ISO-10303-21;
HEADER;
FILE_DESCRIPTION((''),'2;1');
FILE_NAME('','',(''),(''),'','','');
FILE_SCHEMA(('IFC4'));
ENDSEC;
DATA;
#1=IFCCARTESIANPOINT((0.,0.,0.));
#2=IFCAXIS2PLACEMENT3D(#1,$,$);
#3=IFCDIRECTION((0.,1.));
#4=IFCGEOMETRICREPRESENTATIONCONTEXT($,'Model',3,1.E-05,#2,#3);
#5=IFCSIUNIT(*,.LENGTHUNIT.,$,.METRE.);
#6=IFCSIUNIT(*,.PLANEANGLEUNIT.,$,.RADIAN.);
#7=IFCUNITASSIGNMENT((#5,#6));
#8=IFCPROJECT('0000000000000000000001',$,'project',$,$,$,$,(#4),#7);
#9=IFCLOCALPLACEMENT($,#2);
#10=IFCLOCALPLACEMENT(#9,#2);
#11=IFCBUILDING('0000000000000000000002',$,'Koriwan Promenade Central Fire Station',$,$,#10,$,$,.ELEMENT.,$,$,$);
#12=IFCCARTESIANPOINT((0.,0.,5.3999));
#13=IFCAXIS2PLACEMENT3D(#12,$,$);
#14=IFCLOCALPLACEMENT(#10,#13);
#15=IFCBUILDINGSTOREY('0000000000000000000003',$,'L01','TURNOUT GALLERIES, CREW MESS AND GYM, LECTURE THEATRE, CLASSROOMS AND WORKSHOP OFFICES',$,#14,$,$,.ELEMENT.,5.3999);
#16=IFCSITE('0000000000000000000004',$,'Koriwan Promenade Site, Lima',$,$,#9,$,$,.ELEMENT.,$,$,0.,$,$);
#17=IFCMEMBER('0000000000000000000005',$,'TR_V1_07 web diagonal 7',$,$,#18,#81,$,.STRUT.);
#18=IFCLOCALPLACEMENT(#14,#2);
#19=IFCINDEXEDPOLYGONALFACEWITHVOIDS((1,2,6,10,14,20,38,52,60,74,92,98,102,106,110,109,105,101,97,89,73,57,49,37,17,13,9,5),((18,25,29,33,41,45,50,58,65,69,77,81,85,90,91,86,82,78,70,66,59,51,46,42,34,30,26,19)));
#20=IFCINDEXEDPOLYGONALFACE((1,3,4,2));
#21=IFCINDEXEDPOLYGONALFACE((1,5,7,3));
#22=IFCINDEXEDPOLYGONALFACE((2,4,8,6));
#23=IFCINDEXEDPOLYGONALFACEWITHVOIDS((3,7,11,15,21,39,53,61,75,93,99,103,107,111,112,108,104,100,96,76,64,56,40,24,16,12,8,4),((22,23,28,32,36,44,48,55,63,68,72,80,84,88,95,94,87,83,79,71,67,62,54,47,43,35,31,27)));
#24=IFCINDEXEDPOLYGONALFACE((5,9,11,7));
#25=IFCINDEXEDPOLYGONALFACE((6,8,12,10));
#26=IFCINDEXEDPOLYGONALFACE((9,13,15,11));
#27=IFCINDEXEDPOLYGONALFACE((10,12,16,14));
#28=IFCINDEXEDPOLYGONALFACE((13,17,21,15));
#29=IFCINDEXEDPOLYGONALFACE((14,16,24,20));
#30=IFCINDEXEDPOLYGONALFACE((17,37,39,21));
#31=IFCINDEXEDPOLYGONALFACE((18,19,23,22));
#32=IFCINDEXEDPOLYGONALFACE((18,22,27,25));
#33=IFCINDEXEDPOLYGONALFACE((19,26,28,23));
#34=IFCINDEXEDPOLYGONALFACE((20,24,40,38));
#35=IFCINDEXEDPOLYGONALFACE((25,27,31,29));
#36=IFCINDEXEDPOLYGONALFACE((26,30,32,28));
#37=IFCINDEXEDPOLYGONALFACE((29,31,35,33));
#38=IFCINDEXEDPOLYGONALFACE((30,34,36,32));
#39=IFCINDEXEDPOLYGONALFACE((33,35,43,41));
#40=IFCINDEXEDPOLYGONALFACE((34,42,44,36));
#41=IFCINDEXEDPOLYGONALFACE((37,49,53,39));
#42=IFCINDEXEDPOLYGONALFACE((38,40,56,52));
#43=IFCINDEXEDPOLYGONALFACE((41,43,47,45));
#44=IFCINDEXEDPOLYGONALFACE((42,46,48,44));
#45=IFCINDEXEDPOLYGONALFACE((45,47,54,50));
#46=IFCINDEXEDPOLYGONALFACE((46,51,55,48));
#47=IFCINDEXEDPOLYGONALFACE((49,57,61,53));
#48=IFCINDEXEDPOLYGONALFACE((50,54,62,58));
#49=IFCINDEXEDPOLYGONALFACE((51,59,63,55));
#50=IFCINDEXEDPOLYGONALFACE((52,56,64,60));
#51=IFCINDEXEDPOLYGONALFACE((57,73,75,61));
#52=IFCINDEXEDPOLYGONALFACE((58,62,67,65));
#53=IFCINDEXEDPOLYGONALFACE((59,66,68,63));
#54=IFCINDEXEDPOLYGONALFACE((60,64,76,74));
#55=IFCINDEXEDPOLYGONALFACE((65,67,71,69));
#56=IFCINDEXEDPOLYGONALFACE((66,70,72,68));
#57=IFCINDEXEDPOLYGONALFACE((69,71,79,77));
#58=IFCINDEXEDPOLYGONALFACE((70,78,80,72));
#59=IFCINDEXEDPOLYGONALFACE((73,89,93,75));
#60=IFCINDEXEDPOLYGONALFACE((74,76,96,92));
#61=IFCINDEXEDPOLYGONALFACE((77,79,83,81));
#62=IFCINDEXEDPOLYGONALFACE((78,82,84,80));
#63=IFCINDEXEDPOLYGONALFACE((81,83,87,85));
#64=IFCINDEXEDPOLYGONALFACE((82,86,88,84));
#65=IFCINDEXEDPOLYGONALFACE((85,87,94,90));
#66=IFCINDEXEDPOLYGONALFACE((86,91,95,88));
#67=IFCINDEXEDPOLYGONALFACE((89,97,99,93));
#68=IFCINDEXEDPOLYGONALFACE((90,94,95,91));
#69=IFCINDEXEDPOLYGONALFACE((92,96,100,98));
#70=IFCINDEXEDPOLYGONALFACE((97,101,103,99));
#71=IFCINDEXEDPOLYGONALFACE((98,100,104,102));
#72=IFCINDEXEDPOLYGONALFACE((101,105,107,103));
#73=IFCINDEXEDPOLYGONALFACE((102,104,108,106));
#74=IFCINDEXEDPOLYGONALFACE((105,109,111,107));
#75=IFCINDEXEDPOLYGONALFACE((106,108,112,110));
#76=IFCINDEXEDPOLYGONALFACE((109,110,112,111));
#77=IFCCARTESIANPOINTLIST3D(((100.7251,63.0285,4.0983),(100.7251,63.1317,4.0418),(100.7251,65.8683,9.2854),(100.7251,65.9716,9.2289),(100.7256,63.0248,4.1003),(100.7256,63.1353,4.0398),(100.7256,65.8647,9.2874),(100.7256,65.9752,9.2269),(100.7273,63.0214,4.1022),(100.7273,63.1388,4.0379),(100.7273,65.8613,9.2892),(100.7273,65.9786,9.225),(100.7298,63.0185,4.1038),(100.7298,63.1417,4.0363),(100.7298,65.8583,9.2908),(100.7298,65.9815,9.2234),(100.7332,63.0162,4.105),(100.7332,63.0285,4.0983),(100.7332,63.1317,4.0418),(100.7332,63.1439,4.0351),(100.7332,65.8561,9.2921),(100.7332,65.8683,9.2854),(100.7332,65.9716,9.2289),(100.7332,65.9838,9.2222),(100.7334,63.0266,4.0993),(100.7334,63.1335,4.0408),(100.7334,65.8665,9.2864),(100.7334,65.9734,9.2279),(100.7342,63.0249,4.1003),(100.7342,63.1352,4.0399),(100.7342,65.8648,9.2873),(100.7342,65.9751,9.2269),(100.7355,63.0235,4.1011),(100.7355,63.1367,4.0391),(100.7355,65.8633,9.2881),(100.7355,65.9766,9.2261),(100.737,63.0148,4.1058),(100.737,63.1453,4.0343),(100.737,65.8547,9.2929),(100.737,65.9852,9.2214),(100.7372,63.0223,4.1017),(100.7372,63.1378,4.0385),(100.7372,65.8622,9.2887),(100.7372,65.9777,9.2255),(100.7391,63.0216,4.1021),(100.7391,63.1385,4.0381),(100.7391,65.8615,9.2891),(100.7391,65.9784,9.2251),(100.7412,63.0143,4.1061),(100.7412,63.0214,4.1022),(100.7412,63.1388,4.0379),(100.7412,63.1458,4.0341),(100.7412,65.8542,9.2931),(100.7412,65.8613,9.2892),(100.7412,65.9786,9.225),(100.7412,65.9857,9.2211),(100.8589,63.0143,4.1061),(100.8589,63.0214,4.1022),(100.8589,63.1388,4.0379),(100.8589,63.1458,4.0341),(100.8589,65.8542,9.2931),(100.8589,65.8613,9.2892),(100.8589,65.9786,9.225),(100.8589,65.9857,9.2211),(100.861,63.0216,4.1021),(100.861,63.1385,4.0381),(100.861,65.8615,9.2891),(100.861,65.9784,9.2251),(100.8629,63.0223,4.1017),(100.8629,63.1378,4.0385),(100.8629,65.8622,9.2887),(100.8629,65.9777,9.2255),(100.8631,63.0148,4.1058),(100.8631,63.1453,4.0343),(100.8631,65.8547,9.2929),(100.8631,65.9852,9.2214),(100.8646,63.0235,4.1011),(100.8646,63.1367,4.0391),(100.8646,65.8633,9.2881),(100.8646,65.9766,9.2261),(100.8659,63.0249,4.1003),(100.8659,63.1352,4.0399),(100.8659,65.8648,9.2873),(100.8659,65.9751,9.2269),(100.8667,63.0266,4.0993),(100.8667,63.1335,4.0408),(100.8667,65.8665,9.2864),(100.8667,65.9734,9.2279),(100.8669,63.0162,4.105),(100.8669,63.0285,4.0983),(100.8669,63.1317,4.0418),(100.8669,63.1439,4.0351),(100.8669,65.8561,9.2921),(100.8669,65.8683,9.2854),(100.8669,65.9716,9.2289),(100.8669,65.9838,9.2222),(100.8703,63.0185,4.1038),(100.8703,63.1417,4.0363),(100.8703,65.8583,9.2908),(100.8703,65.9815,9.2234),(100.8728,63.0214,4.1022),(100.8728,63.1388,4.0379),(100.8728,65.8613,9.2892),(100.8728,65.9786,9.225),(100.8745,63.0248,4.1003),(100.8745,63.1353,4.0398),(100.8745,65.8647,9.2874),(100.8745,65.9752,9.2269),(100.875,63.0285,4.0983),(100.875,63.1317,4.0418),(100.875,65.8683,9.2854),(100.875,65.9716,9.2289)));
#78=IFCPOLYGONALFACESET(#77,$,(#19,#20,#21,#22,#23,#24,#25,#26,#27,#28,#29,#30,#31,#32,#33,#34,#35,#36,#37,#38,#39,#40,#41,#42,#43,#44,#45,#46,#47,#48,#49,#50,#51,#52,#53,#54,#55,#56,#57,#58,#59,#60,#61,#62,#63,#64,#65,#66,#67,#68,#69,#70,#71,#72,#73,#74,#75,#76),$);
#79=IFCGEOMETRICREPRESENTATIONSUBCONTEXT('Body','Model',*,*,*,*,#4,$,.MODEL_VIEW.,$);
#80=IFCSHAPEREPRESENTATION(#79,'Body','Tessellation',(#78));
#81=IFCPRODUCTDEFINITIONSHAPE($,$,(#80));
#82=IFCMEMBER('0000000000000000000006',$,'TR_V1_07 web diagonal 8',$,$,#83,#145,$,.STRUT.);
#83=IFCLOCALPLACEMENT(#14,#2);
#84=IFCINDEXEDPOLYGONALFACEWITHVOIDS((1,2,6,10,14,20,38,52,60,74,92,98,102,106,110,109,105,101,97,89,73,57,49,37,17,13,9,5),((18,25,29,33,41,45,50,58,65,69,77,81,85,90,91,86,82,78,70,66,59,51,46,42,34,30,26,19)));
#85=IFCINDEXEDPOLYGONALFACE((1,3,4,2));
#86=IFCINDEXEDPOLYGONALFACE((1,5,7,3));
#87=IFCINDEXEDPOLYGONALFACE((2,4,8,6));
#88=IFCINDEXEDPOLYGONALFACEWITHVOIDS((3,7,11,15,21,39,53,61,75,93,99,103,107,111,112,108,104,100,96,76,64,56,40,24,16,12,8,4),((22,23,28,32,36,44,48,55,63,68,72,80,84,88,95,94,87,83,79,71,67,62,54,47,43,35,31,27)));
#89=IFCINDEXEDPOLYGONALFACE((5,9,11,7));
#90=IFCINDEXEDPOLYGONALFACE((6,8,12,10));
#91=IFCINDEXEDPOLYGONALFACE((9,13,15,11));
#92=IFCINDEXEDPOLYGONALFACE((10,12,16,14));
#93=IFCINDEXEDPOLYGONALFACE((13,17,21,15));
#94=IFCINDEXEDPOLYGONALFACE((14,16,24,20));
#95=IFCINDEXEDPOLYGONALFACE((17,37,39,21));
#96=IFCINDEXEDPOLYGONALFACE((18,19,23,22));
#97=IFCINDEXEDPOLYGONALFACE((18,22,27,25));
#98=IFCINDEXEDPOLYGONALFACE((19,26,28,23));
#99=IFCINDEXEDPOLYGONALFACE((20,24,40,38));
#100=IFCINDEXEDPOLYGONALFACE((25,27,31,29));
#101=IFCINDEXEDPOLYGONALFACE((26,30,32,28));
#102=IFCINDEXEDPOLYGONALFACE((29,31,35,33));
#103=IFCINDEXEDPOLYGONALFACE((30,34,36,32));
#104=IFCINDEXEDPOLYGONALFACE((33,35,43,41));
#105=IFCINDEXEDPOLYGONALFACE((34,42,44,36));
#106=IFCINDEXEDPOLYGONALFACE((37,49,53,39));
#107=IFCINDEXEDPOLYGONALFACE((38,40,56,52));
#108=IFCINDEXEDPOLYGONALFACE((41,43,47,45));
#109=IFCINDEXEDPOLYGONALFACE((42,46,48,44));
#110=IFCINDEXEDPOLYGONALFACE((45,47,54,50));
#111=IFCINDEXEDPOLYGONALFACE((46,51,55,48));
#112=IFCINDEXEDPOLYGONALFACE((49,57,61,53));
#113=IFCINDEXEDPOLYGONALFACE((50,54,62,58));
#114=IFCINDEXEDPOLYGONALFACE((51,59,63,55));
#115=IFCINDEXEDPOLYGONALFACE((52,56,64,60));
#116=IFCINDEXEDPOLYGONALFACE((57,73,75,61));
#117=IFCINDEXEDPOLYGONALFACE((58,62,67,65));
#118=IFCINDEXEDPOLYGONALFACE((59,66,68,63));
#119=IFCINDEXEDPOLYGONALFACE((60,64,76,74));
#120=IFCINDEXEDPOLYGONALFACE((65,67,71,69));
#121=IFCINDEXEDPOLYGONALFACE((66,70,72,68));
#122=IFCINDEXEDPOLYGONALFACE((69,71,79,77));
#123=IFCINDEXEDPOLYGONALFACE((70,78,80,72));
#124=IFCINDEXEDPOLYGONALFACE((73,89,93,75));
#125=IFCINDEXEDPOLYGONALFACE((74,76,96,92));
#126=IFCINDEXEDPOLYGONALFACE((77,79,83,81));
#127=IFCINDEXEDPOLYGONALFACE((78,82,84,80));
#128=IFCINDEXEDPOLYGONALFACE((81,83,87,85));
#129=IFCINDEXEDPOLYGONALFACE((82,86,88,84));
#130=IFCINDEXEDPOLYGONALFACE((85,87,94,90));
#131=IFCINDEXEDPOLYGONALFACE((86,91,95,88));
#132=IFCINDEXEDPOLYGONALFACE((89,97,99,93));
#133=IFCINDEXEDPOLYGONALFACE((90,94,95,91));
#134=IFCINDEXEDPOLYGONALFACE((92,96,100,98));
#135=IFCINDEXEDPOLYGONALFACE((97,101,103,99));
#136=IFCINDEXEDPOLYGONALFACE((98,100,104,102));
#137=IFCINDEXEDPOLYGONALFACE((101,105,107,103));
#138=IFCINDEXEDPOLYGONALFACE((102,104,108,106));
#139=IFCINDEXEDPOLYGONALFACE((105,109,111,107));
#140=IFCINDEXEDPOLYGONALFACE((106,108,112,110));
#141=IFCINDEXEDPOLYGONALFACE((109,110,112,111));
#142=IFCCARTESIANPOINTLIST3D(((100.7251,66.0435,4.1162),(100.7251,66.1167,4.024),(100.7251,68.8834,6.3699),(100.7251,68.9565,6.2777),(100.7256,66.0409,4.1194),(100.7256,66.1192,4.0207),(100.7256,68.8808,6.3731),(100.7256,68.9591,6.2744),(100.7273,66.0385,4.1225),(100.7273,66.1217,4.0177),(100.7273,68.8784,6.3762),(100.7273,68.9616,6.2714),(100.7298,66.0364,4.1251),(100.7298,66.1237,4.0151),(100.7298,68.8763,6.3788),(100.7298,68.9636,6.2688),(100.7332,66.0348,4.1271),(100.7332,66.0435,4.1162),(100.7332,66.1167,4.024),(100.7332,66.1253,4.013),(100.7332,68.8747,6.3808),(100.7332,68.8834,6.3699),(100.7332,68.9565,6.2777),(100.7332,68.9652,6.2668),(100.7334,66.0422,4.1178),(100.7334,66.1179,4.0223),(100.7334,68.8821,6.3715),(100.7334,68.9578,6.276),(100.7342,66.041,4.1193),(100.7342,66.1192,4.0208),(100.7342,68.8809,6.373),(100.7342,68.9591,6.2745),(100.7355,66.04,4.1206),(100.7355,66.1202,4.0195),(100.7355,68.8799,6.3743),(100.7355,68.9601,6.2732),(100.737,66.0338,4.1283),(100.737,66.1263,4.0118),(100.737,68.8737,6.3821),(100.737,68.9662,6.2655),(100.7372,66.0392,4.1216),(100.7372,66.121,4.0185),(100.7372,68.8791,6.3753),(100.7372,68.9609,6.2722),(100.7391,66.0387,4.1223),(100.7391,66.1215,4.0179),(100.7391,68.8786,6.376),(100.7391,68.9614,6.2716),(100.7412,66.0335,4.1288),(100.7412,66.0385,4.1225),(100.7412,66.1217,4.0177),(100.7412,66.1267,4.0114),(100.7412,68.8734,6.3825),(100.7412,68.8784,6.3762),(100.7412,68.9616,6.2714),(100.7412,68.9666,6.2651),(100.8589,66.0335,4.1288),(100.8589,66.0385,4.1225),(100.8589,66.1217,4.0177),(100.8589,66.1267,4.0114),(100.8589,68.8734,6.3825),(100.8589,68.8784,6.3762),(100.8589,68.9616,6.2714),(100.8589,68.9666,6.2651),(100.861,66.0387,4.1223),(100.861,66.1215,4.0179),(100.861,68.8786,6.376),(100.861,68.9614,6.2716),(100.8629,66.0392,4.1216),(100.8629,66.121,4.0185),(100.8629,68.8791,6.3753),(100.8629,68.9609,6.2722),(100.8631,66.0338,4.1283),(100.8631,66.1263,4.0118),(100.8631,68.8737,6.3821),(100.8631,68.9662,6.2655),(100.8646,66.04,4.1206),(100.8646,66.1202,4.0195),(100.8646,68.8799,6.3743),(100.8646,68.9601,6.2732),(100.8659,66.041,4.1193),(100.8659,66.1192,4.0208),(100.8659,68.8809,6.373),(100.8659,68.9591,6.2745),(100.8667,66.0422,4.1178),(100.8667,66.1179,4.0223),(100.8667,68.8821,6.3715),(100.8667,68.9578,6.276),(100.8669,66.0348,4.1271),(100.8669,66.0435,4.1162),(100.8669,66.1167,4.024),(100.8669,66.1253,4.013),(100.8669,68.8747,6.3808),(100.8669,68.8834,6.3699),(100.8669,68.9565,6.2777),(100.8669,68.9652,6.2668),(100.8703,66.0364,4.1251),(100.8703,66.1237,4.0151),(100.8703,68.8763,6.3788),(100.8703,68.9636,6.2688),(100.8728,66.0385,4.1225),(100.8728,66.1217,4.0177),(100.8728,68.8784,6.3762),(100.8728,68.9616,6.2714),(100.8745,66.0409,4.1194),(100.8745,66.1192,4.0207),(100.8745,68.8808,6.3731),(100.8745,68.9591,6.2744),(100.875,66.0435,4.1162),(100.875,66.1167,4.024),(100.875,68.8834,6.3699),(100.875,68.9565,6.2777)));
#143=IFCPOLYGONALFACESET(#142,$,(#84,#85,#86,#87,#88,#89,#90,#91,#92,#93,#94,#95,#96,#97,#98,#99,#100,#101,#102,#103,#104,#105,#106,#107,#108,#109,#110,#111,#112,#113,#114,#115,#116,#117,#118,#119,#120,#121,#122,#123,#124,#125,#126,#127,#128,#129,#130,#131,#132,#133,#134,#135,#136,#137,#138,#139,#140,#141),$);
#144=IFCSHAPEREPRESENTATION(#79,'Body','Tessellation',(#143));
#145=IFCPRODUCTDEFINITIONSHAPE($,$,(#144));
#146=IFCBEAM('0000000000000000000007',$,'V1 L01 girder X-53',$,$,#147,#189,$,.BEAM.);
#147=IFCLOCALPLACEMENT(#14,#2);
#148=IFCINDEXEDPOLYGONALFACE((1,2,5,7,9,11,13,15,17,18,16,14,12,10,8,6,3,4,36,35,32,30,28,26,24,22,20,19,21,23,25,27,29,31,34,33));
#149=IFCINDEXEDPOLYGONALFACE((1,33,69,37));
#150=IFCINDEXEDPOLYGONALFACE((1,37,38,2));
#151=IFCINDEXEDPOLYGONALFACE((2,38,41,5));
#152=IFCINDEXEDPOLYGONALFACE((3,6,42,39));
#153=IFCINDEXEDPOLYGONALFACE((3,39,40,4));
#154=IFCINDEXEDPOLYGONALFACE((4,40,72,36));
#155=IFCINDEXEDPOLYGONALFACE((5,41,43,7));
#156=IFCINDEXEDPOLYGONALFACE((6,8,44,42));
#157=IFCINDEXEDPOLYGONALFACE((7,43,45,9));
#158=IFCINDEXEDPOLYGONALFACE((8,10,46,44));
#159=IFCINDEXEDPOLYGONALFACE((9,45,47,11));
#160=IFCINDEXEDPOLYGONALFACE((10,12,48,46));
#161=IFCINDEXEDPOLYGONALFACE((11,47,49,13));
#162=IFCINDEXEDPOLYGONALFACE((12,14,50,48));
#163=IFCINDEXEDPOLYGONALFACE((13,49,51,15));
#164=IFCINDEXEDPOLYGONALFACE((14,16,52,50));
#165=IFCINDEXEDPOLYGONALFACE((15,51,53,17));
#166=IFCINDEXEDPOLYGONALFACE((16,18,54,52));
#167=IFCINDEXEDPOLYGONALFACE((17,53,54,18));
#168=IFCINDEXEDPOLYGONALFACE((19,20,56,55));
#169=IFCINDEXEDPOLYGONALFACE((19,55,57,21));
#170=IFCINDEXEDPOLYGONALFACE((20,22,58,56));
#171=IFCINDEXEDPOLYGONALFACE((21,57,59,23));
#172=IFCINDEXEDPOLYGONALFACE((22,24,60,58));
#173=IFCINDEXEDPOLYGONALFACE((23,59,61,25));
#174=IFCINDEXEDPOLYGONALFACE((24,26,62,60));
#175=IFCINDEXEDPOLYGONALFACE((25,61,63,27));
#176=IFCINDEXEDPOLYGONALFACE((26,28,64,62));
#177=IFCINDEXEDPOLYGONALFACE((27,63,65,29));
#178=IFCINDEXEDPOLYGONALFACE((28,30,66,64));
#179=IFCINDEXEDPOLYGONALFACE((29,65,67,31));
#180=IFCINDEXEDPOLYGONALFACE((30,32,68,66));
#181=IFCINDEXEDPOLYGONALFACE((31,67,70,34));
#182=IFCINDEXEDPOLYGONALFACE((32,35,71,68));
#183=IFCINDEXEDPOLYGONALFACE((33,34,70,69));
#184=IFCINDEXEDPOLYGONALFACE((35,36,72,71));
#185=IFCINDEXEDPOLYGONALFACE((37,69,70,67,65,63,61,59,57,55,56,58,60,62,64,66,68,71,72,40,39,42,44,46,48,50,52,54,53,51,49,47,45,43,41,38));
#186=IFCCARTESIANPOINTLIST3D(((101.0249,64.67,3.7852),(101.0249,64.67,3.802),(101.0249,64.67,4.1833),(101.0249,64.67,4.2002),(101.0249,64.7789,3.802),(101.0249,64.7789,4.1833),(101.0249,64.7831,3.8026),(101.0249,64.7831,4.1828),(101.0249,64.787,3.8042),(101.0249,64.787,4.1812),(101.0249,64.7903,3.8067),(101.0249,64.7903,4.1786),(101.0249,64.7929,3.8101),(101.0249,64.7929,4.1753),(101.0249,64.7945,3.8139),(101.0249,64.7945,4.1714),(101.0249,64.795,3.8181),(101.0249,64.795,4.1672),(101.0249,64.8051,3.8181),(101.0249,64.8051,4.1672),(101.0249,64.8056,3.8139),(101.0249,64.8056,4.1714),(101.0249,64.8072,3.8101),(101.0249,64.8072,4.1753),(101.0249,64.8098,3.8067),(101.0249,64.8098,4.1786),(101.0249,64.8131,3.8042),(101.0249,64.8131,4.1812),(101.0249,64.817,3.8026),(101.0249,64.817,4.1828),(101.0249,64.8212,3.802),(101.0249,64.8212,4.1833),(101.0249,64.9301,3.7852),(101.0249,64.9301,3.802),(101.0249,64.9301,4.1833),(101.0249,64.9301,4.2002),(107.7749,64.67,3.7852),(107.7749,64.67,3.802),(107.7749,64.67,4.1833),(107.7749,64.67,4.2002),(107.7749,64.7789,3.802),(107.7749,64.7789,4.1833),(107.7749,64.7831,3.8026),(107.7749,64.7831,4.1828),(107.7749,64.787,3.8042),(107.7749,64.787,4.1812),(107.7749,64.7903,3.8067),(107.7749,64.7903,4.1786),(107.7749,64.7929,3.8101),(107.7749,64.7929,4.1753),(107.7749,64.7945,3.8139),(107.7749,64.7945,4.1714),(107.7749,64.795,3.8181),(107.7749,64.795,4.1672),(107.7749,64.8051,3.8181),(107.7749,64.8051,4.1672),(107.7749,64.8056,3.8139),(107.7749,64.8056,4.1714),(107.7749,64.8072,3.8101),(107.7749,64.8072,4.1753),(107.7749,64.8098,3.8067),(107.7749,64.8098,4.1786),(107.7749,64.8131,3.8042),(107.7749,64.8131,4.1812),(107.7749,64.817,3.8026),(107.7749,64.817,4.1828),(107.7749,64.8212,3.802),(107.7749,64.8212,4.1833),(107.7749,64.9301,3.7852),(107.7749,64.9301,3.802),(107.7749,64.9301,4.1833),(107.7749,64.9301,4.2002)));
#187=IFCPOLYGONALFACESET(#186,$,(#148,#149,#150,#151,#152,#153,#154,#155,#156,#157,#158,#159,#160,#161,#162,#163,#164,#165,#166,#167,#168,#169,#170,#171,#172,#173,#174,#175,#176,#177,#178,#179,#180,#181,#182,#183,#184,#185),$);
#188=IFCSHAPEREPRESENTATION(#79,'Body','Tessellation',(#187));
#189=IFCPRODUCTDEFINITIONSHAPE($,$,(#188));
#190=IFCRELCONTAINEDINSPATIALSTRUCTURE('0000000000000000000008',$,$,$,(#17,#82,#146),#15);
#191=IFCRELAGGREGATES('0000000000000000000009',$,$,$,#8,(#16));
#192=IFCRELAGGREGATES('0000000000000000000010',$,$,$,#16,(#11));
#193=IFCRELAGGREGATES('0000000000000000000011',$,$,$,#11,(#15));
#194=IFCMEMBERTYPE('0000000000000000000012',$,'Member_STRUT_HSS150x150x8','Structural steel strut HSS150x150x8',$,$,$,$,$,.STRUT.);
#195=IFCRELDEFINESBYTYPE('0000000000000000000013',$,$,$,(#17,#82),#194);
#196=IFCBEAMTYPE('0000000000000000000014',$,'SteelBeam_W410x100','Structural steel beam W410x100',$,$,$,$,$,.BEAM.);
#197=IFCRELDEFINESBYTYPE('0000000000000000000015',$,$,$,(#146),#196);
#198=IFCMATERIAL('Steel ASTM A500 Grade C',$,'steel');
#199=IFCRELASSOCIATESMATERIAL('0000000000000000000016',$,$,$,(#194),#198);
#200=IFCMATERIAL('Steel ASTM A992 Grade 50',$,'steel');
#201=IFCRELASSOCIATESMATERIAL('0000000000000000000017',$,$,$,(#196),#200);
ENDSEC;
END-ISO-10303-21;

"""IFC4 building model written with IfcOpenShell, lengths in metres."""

from ifc_helpers import new_model, si_unit, direction, frame, origin, origin_2d, place, context, subcontext, project, spatial, hollow_rectangle, i_section, extrude, material, material_profile, profile_set, type_object, element, save


model = new_model("IFC4")

# Units and contexts
model_context = context("Model", 3, precision=1e-05, world=origin(), true_north=direction((0.0, 1.0)))
body_context = subcontext(model_context, "Body", "Model", "MODEL_VIEW")
ifc_project = project(units=[si_unit("LENGTHUNIT", "METRE"), si_unit("PLANEANGLEUNIT", "RADIAN")], contexts=[model_context])

# Site, building, storey
site_placement = place(None, origin())
site = spatial("IfcSite", under=ifc_project, at=site_placement, Name="Koriwan Promenade Site, Lima", CompositionType="ELEMENT", RefElevation=0.0)
building_placement = place(site_placement, origin())
building = spatial("IfcBuilding", under=site, at=building_placement, Name="Koriwan Promenade Central Fire Station", CompositionType="ELEMENT")
storey_placement = place(building_placement, frame((0.0, 0.0, 5.3999)))
storey = spatial("IfcBuildingStorey", under=building, at=storey_placement, Name="L01", Description="TURNOUT GALLERIES, CREW MESS AND GYM, LECTURE THEATRE, CLASSROOMS AND WORKSHOP OFFICES", CompositionType="ELEMENT", Elevation=5.3999)

# Members
ifc_material_1 = material(Name="Steel ASTM A992 Grade 50", Category="steel")
ifc_material_2 = material(Name="Steel ASTM A500 Grade C", Category="steel")
ifc_material_profile_1 = material_profile(ifc_material_2, hollow_rectangle(XDim=0.1499, YDim=0.1499, WallThickness=0.0081, InnerFilletRadius=0.0081, OuterFilletRadius=0.0161, at=origin_2d()), Name="HSS150x150x8")
ifc_profile_set_1 = profile_set([ifc_material_profile_1], Name="Steel ASTM A500 Grade C")
member_type_1 = type_object("IfcMemberType", Name="Member_STRUT_HSS150x150x8", Description="Structural steel strut HSS150x150x8", PredefinedType="STRUT", material=ifc_profile_set_1)
member_1_placement = place(storey_placement, frame((100.8, 63.0801, 4.0701), z_axis=(0.0, 0.480228, 0.877143), x_axis=(-1.0, 0.0, 0.0)))
element("IfcMember", 1, at=member_1_placement, inside=storey, type_object=member_type_1, Name="TR_V1_07 web diagonal 7", PredefinedType="STRUT", context=body_context, shape_type="SweptSolid", body=[
    extrude(hollow_rectangle(XDim=0.1499, YDim=0.1499, WallThickness=0.0081, InnerFilletRadius=0.0081, OuterFilletRadius=0.0161, at=origin_2d()), origin(), (0.0, 0.0, 1.0), 5.9136),
])
member_2_placement = place(storey_placement, frame((100.8, 66.0801, 4.0701), z_axis=(0.0, 0.783313, 0.621627), x_axis=(-1.0, 0.0, 0.0)))
element("IfcMember", 2, at=member_2_placement, inside=storey, type_object=member_type_1, Name="TR_V1_07 web diagonal 8", PredefinedType="STRUT", context=body_context, shape_type="SweptSolid", body=[
    extrude(hollow_rectangle(XDim=0.1499, YDim=0.1499, WallThickness=0.0081, InnerFilletRadius=0.0081, OuterFilletRadius=0.0161, at=origin_2d()), origin(), (0.0, 0.0, 1.0), 3.6255),
])

# Beam
ifc_material_profile_2 = material_profile(ifc_material_1, i_section(OverallWidth=0.26, OverallDepth=0.415, WebThickness=0.01, FlangeThickness=0.0168, FilletRadius=0.0161, at=origin_2d()), Name="W410x100")
ifc_profile_set_2 = profile_set([ifc_material_profile_2], Name="Steel ASTM A992 Grade 50")
beam_type_1 = type_object("IfcBeamType", Name="SteelBeam_W410x100", Description="Structural steel beam W410x100", PredefinedType="BEAM", material=ifc_profile_set_2)
beam_1_placement = place(storey_placement, frame((101.0249, 64.8, 3.9927), z_axis=(1.0, 0.0, 0.0), x_axis=(0.0, 1.0, 0.0)))
element("IfcBeam", 3, at=beam_1_placement, inside=storey, type_object=beam_type_1, Name="V1 L01 girder X-53", PredefinedType="BEAM", context=body_context, shape_type="SweptSolid", body=[
    extrude(i_section(OverallWidth=0.26, OverallDepth=0.415, WebThickness=0.01, FlangeThickness=0.0168, FilletRadius=0.0161, at=origin_2d()), origin(), (0.0, 0.0, 1.0), 6.75),
])

save(model, "model.ifc")
